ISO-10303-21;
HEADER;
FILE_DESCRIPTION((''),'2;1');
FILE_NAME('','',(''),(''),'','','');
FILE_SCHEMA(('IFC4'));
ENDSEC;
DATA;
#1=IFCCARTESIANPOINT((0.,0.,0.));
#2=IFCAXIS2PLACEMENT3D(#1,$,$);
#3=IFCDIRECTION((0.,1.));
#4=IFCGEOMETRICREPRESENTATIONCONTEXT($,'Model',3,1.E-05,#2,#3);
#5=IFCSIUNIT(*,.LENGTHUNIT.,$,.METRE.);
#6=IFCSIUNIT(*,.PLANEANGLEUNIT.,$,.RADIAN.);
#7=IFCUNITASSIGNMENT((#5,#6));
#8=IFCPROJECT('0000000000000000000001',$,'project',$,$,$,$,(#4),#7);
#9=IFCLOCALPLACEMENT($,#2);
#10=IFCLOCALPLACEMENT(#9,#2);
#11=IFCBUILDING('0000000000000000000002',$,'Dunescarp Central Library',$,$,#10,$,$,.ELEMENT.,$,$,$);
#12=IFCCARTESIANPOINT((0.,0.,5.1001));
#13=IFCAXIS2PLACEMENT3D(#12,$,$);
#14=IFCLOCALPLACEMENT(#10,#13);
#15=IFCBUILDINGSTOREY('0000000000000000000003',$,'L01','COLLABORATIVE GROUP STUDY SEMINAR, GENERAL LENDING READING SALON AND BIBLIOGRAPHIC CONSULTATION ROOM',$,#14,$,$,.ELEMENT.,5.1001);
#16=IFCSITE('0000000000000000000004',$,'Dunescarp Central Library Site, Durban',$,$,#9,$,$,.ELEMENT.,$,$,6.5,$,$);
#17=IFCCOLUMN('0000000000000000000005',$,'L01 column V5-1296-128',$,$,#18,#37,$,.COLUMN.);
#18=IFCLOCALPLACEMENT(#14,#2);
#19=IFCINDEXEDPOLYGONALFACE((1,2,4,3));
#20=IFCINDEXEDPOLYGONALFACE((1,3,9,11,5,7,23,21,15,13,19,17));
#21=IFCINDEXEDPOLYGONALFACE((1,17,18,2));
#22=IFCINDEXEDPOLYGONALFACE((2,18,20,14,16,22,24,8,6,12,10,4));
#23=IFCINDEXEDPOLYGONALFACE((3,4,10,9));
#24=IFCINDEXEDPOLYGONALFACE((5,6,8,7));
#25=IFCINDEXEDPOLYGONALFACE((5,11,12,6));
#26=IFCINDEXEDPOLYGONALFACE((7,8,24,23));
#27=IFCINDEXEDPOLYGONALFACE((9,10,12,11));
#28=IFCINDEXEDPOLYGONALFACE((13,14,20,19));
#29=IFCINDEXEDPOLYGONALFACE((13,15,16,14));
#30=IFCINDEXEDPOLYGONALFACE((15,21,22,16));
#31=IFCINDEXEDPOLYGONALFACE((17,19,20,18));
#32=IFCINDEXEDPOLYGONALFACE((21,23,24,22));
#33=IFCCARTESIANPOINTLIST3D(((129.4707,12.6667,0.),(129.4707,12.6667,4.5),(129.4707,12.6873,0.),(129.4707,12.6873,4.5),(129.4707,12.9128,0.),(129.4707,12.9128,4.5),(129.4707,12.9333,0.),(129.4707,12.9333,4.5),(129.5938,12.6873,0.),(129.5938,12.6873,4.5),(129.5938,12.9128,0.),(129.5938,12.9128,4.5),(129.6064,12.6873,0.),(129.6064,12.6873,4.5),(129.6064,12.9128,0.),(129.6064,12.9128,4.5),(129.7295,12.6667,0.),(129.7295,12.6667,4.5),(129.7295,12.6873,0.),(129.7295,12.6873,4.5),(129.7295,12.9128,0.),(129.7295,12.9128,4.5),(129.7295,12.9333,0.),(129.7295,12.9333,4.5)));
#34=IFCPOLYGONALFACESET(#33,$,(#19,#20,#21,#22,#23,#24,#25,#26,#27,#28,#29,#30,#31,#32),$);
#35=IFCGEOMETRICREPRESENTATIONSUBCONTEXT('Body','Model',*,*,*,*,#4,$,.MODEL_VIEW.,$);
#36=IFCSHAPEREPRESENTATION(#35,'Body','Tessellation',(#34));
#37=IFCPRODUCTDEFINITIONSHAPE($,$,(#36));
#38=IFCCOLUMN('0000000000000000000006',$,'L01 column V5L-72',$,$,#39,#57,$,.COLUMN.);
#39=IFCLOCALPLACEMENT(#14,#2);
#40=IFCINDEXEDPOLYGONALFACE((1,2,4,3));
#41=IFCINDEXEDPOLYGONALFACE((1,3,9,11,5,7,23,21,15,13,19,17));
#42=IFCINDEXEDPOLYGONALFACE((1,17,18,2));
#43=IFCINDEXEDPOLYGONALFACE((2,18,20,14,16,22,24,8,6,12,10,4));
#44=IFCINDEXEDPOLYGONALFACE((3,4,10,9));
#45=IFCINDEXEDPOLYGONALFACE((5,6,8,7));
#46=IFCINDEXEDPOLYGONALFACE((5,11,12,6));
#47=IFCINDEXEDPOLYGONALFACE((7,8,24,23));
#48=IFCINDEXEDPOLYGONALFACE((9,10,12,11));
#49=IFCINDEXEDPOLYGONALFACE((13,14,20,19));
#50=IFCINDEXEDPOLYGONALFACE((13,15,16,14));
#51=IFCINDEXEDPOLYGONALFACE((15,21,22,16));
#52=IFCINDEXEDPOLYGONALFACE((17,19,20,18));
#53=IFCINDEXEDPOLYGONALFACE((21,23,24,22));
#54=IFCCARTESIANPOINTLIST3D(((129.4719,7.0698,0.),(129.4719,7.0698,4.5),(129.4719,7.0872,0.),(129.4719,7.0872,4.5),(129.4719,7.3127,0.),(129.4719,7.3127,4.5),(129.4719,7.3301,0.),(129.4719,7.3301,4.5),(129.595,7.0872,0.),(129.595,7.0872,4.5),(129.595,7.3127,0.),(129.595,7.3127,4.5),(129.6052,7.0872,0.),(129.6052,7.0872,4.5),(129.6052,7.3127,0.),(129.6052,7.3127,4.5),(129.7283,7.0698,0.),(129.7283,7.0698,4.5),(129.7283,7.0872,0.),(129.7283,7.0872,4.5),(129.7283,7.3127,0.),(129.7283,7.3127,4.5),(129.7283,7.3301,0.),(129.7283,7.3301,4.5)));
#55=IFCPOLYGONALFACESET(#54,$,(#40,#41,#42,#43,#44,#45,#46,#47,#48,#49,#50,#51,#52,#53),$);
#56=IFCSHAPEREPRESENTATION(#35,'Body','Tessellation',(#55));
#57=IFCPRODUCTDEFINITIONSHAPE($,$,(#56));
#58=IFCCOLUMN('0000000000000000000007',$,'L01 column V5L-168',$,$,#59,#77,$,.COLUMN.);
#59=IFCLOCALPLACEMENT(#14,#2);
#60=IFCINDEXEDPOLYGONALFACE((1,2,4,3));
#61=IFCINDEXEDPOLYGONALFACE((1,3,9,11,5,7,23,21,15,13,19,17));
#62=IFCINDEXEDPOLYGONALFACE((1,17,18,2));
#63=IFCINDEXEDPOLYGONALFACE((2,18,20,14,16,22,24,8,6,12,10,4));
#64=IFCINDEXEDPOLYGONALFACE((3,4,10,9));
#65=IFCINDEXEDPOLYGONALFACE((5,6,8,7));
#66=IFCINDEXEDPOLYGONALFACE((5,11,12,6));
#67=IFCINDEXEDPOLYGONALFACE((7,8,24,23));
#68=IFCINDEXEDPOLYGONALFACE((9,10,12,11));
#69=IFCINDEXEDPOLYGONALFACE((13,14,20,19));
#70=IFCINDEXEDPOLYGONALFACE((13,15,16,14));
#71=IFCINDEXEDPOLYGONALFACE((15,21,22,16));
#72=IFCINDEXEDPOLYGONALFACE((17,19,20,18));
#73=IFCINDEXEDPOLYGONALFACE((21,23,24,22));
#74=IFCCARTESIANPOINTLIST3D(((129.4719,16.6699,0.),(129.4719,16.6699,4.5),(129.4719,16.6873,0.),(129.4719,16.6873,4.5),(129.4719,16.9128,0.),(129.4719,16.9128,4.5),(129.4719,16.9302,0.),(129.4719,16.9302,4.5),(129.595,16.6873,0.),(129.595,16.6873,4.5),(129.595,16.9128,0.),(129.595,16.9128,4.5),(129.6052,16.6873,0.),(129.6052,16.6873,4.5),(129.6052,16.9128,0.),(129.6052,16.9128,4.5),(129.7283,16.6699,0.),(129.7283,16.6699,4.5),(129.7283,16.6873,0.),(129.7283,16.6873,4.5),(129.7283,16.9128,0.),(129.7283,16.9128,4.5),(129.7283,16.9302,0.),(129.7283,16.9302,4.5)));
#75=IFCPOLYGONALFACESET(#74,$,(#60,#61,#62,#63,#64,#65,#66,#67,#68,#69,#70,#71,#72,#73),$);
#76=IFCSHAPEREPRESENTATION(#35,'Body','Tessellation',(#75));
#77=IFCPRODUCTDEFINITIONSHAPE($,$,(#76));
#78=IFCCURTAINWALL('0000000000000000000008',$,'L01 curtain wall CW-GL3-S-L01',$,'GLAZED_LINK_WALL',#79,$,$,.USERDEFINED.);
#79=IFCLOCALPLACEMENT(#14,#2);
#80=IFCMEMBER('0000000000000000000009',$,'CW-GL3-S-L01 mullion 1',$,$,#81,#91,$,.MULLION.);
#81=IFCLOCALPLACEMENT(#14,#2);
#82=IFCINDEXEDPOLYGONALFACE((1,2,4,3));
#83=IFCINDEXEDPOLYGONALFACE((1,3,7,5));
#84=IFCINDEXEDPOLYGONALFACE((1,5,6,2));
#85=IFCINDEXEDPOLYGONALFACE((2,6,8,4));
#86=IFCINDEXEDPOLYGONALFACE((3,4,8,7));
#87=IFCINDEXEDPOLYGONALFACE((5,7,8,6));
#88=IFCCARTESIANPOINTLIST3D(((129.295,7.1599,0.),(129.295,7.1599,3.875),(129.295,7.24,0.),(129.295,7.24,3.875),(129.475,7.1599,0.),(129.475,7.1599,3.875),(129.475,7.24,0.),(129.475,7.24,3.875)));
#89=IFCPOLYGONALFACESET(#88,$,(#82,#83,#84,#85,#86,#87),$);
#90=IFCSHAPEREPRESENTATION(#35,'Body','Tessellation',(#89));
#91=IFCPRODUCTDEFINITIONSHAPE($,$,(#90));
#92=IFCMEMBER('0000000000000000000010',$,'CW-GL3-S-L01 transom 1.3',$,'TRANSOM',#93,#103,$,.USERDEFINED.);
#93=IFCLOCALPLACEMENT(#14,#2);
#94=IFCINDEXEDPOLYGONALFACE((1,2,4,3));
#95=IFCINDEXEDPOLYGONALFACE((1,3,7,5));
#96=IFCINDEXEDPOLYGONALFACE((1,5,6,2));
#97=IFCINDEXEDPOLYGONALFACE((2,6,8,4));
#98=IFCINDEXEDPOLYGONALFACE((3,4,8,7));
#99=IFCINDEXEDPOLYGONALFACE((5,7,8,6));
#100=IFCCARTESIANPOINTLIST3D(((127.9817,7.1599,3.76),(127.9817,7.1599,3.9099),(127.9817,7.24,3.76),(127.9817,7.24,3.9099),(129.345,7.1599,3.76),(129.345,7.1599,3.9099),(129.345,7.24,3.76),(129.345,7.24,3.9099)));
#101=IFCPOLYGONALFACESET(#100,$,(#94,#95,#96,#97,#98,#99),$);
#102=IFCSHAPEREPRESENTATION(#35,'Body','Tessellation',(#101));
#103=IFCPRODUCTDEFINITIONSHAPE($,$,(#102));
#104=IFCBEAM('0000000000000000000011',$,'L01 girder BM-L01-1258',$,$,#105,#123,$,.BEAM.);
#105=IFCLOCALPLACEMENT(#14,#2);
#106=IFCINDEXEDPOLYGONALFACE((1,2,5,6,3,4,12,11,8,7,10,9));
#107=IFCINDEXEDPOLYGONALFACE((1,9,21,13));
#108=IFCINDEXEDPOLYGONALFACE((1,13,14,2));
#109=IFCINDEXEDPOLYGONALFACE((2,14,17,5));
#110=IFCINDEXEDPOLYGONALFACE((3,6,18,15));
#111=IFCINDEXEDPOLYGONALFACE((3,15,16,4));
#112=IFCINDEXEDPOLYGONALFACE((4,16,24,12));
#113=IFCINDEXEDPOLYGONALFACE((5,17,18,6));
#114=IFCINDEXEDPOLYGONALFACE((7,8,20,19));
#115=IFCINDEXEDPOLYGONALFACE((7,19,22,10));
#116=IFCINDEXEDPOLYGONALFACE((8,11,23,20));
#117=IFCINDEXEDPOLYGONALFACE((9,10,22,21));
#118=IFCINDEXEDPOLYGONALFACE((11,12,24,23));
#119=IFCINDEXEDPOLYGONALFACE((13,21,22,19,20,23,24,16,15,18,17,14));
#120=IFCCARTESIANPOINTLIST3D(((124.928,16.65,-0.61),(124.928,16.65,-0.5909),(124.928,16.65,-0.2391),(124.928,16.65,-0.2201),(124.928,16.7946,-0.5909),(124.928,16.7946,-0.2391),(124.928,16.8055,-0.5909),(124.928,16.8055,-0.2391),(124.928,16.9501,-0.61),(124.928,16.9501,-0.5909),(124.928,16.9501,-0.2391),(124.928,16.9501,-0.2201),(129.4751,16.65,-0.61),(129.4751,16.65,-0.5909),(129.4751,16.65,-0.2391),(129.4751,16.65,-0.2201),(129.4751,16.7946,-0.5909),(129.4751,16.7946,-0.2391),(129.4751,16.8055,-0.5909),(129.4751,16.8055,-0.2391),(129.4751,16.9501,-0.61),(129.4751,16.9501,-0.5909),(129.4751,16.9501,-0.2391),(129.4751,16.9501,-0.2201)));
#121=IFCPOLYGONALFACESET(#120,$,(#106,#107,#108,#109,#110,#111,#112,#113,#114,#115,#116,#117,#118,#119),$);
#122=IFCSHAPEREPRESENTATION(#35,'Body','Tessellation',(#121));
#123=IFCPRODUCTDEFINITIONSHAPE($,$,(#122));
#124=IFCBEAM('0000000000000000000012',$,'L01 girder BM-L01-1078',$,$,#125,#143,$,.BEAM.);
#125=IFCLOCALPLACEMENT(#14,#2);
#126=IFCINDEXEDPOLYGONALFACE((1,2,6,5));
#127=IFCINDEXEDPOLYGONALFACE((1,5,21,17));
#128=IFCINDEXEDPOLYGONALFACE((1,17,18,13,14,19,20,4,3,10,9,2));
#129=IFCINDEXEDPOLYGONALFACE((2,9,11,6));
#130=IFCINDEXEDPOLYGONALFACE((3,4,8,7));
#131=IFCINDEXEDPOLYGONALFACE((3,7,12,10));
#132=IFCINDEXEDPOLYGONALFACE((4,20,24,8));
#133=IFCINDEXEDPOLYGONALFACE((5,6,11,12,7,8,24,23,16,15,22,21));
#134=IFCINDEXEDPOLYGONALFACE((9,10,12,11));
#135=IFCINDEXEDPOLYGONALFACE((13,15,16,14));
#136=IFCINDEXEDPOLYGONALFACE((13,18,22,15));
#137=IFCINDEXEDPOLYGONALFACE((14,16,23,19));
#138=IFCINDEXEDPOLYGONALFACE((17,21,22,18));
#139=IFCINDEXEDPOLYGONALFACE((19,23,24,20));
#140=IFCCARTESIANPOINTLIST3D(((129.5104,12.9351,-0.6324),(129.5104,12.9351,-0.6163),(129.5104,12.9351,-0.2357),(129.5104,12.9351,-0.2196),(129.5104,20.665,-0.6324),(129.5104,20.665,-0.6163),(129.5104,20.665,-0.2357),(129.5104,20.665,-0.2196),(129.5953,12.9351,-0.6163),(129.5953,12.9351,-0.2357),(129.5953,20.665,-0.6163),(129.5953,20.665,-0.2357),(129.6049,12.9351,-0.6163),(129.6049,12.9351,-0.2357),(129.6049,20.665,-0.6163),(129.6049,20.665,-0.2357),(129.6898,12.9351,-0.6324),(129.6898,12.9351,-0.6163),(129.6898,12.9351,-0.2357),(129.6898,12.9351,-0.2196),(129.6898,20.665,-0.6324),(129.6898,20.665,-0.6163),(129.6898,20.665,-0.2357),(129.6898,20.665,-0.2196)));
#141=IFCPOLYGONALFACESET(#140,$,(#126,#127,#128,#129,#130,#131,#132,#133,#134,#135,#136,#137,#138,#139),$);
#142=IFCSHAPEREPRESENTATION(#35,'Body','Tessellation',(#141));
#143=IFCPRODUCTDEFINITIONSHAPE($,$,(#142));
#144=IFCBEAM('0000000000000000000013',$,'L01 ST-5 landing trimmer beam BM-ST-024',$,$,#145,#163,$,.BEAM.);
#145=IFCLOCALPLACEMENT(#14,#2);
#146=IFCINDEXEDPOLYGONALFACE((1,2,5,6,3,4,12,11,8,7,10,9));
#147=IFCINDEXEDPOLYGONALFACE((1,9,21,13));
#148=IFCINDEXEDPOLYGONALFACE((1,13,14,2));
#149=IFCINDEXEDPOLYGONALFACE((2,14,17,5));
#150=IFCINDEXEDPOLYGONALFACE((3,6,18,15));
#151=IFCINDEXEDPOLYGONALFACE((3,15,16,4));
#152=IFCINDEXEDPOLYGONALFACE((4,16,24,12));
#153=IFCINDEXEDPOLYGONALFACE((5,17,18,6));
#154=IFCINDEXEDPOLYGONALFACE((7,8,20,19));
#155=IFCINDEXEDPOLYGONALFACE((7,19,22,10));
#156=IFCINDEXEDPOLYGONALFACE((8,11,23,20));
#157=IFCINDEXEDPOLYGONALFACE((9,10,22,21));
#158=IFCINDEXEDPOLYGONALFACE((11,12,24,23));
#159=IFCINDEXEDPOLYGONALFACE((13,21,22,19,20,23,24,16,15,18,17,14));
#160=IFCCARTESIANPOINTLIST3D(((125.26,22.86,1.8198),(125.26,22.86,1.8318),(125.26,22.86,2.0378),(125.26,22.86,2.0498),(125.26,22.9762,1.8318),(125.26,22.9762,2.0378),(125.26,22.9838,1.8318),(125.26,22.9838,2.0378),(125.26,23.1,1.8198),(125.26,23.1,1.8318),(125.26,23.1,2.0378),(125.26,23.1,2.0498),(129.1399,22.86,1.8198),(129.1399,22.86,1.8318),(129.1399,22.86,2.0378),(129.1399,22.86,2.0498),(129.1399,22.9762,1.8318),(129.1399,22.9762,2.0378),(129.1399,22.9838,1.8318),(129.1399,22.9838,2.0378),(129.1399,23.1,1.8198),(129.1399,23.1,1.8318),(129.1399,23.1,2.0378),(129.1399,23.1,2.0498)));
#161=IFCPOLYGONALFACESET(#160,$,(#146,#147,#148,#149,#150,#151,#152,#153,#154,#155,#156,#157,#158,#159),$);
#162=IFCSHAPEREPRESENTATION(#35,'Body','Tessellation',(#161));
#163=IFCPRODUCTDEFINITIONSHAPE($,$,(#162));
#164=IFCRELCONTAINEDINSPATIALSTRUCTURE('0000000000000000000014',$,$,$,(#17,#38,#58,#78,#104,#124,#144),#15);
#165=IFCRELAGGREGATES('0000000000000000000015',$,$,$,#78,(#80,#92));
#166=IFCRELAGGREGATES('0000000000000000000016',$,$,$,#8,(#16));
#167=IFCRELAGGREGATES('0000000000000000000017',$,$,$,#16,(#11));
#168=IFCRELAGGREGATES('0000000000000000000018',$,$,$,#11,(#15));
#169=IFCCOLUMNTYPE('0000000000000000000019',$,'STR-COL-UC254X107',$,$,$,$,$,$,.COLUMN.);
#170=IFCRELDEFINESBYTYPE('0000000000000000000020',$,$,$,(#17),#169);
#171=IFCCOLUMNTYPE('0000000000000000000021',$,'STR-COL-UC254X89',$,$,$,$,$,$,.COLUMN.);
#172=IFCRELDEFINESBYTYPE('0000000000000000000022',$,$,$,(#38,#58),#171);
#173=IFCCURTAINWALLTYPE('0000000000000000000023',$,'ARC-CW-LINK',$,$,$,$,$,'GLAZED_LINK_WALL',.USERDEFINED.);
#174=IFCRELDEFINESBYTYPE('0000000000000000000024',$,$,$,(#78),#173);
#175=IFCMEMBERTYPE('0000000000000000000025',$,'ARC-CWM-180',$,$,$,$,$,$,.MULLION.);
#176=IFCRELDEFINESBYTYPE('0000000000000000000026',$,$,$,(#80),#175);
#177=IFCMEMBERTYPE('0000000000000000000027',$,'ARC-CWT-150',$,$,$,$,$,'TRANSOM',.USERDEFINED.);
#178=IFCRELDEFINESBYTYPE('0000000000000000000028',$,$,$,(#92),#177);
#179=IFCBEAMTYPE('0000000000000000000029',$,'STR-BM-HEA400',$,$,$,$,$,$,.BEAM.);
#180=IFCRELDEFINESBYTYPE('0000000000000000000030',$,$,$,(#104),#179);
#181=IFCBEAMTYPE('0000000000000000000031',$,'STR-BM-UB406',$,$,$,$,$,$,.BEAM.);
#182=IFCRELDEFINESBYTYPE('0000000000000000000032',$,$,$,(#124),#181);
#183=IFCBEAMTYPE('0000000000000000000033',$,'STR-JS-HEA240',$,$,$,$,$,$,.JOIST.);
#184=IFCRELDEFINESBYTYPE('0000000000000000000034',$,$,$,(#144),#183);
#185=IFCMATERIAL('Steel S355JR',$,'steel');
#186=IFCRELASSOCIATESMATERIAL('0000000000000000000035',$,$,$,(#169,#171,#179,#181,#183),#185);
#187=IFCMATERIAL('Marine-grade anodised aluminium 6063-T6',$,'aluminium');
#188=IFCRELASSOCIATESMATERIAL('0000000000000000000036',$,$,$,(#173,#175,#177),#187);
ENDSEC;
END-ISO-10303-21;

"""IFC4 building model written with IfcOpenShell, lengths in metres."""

from ifc_helpers import new_model, si_unit, direction, frame, origin, origin_2d, place, context, subcontext, project, spatial, rectangle, i_section, extrude, material, material_profile, profile_set, type_object, element, aggregate, save


model = new_model("IFC4")

# Units and contexts
model_context = context("Model", 3, precision=1e-05, world=origin(), true_north=direction((0.0, 1.0)))
body_context = subcontext(model_context, "Body", "Model", "MODEL_VIEW")
ifc_project = project(units=[si_unit("LENGTHUNIT", "METRE"), si_unit("PLANEANGLEUNIT", "RADIAN")], contexts=[model_context])

# Site, building, storey
site_placement = place(None, origin())
site = spatial("IfcSite", under=ifc_project, at=site_placement, Name="Dunescarp Central Library Site, Durban", CompositionType="ELEMENT", RefElevation=6.5)
building_placement = place(site_placement, origin())
building = spatial("IfcBuilding", under=site, at=building_placement, Name="Dunescarp Central Library", CompositionType="ELEMENT")
storey_placement = place(building_placement, frame((0.0, 0.0, 5.1001)))
storey = spatial("IfcBuildingStorey", under=building, at=storey_placement, Name="L01", Description="COLLABORATIVE GROUP STUDY SEMINAR, GENERAL LENDING READING SALON AND BIBLIOGRAPHIC CONSULTATION ROOM", CompositionType="ELEMENT", Elevation=5.1001)

# Columns
ifc_material_1 = material(Name="Steel S355JR", Category="steel")
ifc_material_profile_1 = material_profile(ifc_material_1, i_section(OverallWidth=0.2588, OverallDepth=0.2666, WebThickness=0.0127, FlangeThickness=0.0205, at=origin_2d()), Name="UC 254x254x107")
ifc_profile_set_1 = profile_set([ifc_material_profile_1], Name="Steel S355JR")
column_type_1 = type_object("IfcColumnType", Name="STR-COL-UC254X107", PredefinedType="COLUMN", material=ifc_profile_set_1)
column_placement = place(storey_placement, frame((129.6001, 12.8, 0.0), z_axis=(0.0, 0.0, 1.0), x_axis=(1.0, 0.0, 0.0)))
element("IfcColumn", 1, at=column_placement, inside=storey, type_object=column_type_1, Name="L01 column V5-1296-128", PredefinedType="COLUMN", context=body_context, shape_type="SweptSolid", body=[
    extrude(i_section(OverallWidth=0.2588, OverallDepth=0.2666, WebThickness=0.0127, FlangeThickness=0.0205, at=origin_2d()), origin(), (0.0, 0.0, 1.0), 4.5),
])
ifc_material_profile_2 = material_profile(ifc_material_1, i_section(OverallWidth=0.2563, OverallDepth=0.2603, WebThickness=0.0103, FlangeThickness=0.0173, at=origin_2d()), Name="UC 254x254x89")
ifc_profile_set_2 = profile_set([ifc_material_profile_2], Name="Steel S355JR")
column_type_2 = type_object("IfcColumnType", Name="STR-COL-UC254X89", PredefinedType="COLUMN", material=ifc_profile_set_2)
for number, where, z_axis, x_axis, name in (
    (2, (129.6001, 7.2, 0.0), (0.0, 0.0, 1.0), (1.0, 0.0, 0.0), "L01 column V5L-72"),
    (3, (129.6001, 16.8, 0.0), (0.0, 0.0, 1.0), (1.0, 0.0, 0.0), "L01 column V5L-168"),
):
    element("IfcColumn", number, at=place(storey_placement, frame(where, z_axis=z_axis, x_axis=x_axis)), inside=storey, type_object=column_type_2, Name=name, PredefinedType="COLUMN", context=body_context, shape_type="SweptSolid", body=[
        extrude(i_section(OverallWidth=0.2563, OverallDepth=0.2603, WebThickness=0.0103, FlangeThickness=0.0173, at=origin_2d()), origin(), (0.0, 0.0, 1.0), 4.5),
    ])

# Curtain wall, members
ifc_material_2 = material(Name="Marine-grade anodised aluminium 6063-T6", Category="aluminium")
curtain_wall_type = type_object("IfcCurtainWallType", Name="ARC-CW-LINK", ElementType="GLAZED_LINK_WALL", PredefinedType="USERDEFINED", material=ifc_material_2)
curtain_wall_placement = place(storey_placement, origin())
curtain_wall = element("IfcCurtainWall", 4, at=curtain_wall_placement, inside=storey, type_object=curtain_wall_type, Name="L01 curtain wall CW-GL3-S-L01", ObjectType="GLAZED_LINK_WALL", PredefinedType="USERDEFINED")
ifc_material_profile_3 = material_profile(ifc_material_2, rectangle(XDim=0.0801, YDim=0.1799, at=origin_2d()), Name="AL 80x180")
ifc_profile_set_3 = profile_set([ifc_material_profile_3], Name="Marine-grade anodised aluminium 6063-T6")
member_type_1 = type_object("IfcMemberType", Name="ARC-CWM-180", PredefinedType="MULLION", material=ifc_profile_set_3)
member_1_placement = place(storey_placement, frame((129.385, 7.2, 0.0), z_axis=(0.0, 0.0, 1.0), x_axis=(0.0, -1.0, 0.0)))
member_1 = element("IfcMember", 5, at=member_1_placement, type_object=member_type_1, Name="CW-GL3-S-L01 mullion 1", PredefinedType="MULLION", context=body_context, shape_type="SweptSolid", body=[
    extrude(rectangle(XDim=0.0801, YDim=0.1799, at=origin_2d()), origin(), (0.0, 0.0, 1.0), 3.875),
])
ifc_material_profile_4 = material_profile(ifc_material_2, rectangle(XDim=0.0801, YDim=0.1499, at=origin_2d()), Name="AL 80x150")
ifc_profile_set_4 = profile_set([ifc_material_profile_4], Name="Marine-grade anodised aluminium 6063-T6")
member_type_2 = type_object("IfcMemberType", Name="ARC-CWT-150", ElementType="TRANSOM", PredefinedType="USERDEFINED", material=ifc_profile_set_4)
member_2_placement = place(storey_placement, frame((129.345, 7.2, 3.835), z_axis=(-1.0, 0.0, 0.0), x_axis=(0.0, -1.0, 0.0)))
member_2 = element("IfcMember", 6, at=member_2_placement, type_object=member_type_2, Name="CW-GL3-S-L01 transom 1.3", ObjectType="TRANSOM", PredefinedType="USERDEFINED", context=body_context, shape_type="SweptSolid", body=[
    extrude(rectangle(XDim=0.0801, YDim=0.1499, at=origin_2d()), origin(), (0.0, 0.0, 1.0), 1.3633),
])
aggregate(curtain_wall, [member_1, member_2])

# Beams
ifc_material_profile_5 = material_profile(ifc_material_1, i_section(OverallWidth=0.3, OverallDepth=0.3899, WebThickness=0.011, FlangeThickness=0.019, at=origin_2d()), Name="HEA 400")
ifc_profile_set_5 = profile_set([ifc_material_profile_5], Name="Steel S355JR")
beam_type_1 = type_object("IfcBeamType", Name="STR-BM-HEA400", PredefinedType="BEAM", material=ifc_profile_set_5)
beam_1_placement = place(storey_placement, frame((124.928, 16.8, -0.415), z_axis=(1.0, 0.0, 0.0), x_axis=(0.0, 1.0, 0.0)))
element("IfcBeam", 7, at=beam_1_placement, inside=storey, type_object=beam_type_1, Name="L01 girder BM-L01-1258", PredefinedType="BEAM", context=body_context, shape_type="SweptSolid", body=[
    extrude(i_section(OverallWidth=0.3, OverallDepth=0.3899, WebThickness=0.011, FlangeThickness=0.019, at=origin_2d()), origin(), (0.0, 0.0, 1.0), 4.5471),
])
ifc_material_profile_6 = material_profile(ifc_material_1, i_section(OverallWidth=0.1794, OverallDepth=0.4128, WebThickness=0.0095, FlangeThickness=0.0161, at=origin_2d()), Name="UB 406x178x74")
ifc_profile_set_6 = profile_set([ifc_material_profile_6], Name="Steel S355JR")
beam_type_2 = type_object("IfcBeamType", Name="STR-BM-UB406", PredefinedType="BEAM", material=ifc_profile_set_6)
beam_2_placement = place(storey_placement, frame((129.6001, 12.9351, -0.426), z_axis=(0.0, 1.0, 0.0), x_axis=(-1.0, 0.0, 0.0)))
element("IfcBeam", 8, at=beam_2_placement, inside=storey, type_object=beam_type_2, Name="L01 girder BM-L01-1078", PredefinedType="BEAM", context=body_context, shape_type="SweptSolid", body=[
    extrude(i_section(OverallWidth=0.1794, OverallDepth=0.4128, WebThickness=0.0095, FlangeThickness=0.0161, at=origin_2d()), origin(), (0.0, 0.0, 1.0), 7.73),
])
ifc_material_profile_7 = material_profile(ifc_material_1, i_section(OverallWidth=0.24, OverallDepth=0.23, WebThickness=0.0076, FlangeThickness=0.012, at=origin_2d()), Name="HEA 240")
ifc_profile_set_7 = profile_set([ifc_material_profile_7], Name="Steel S355JR")
beam_type_3 = type_object("IfcBeamType", Name="STR-JS-HEA240", PredefinedType="JOIST", material=ifc_profile_set_7)
beam_3_placement = place(storey_placement, frame((125.26, 22.98, 1.9348), z_axis=(1.0, 0.0, 0.0), x_axis=(0.0, 1.0, 0.0)))
element("IfcBeam", 9, at=beam_3_placement, inside=storey, type_object=beam_type_3, Name="L01 ST-5 landing trimmer beam BM-ST-024", PredefinedType="BEAM", context=body_context, shape_type="SweptSolid", body=[
    extrude(i_section(OverallWidth=0.24, OverallDepth=0.23, WebThickness=0.0076, FlangeThickness=0.012, at=origin_2d()), origin(), (0.0, 0.0, 1.0), 3.8799),
])

save(model, "model.ifc")
